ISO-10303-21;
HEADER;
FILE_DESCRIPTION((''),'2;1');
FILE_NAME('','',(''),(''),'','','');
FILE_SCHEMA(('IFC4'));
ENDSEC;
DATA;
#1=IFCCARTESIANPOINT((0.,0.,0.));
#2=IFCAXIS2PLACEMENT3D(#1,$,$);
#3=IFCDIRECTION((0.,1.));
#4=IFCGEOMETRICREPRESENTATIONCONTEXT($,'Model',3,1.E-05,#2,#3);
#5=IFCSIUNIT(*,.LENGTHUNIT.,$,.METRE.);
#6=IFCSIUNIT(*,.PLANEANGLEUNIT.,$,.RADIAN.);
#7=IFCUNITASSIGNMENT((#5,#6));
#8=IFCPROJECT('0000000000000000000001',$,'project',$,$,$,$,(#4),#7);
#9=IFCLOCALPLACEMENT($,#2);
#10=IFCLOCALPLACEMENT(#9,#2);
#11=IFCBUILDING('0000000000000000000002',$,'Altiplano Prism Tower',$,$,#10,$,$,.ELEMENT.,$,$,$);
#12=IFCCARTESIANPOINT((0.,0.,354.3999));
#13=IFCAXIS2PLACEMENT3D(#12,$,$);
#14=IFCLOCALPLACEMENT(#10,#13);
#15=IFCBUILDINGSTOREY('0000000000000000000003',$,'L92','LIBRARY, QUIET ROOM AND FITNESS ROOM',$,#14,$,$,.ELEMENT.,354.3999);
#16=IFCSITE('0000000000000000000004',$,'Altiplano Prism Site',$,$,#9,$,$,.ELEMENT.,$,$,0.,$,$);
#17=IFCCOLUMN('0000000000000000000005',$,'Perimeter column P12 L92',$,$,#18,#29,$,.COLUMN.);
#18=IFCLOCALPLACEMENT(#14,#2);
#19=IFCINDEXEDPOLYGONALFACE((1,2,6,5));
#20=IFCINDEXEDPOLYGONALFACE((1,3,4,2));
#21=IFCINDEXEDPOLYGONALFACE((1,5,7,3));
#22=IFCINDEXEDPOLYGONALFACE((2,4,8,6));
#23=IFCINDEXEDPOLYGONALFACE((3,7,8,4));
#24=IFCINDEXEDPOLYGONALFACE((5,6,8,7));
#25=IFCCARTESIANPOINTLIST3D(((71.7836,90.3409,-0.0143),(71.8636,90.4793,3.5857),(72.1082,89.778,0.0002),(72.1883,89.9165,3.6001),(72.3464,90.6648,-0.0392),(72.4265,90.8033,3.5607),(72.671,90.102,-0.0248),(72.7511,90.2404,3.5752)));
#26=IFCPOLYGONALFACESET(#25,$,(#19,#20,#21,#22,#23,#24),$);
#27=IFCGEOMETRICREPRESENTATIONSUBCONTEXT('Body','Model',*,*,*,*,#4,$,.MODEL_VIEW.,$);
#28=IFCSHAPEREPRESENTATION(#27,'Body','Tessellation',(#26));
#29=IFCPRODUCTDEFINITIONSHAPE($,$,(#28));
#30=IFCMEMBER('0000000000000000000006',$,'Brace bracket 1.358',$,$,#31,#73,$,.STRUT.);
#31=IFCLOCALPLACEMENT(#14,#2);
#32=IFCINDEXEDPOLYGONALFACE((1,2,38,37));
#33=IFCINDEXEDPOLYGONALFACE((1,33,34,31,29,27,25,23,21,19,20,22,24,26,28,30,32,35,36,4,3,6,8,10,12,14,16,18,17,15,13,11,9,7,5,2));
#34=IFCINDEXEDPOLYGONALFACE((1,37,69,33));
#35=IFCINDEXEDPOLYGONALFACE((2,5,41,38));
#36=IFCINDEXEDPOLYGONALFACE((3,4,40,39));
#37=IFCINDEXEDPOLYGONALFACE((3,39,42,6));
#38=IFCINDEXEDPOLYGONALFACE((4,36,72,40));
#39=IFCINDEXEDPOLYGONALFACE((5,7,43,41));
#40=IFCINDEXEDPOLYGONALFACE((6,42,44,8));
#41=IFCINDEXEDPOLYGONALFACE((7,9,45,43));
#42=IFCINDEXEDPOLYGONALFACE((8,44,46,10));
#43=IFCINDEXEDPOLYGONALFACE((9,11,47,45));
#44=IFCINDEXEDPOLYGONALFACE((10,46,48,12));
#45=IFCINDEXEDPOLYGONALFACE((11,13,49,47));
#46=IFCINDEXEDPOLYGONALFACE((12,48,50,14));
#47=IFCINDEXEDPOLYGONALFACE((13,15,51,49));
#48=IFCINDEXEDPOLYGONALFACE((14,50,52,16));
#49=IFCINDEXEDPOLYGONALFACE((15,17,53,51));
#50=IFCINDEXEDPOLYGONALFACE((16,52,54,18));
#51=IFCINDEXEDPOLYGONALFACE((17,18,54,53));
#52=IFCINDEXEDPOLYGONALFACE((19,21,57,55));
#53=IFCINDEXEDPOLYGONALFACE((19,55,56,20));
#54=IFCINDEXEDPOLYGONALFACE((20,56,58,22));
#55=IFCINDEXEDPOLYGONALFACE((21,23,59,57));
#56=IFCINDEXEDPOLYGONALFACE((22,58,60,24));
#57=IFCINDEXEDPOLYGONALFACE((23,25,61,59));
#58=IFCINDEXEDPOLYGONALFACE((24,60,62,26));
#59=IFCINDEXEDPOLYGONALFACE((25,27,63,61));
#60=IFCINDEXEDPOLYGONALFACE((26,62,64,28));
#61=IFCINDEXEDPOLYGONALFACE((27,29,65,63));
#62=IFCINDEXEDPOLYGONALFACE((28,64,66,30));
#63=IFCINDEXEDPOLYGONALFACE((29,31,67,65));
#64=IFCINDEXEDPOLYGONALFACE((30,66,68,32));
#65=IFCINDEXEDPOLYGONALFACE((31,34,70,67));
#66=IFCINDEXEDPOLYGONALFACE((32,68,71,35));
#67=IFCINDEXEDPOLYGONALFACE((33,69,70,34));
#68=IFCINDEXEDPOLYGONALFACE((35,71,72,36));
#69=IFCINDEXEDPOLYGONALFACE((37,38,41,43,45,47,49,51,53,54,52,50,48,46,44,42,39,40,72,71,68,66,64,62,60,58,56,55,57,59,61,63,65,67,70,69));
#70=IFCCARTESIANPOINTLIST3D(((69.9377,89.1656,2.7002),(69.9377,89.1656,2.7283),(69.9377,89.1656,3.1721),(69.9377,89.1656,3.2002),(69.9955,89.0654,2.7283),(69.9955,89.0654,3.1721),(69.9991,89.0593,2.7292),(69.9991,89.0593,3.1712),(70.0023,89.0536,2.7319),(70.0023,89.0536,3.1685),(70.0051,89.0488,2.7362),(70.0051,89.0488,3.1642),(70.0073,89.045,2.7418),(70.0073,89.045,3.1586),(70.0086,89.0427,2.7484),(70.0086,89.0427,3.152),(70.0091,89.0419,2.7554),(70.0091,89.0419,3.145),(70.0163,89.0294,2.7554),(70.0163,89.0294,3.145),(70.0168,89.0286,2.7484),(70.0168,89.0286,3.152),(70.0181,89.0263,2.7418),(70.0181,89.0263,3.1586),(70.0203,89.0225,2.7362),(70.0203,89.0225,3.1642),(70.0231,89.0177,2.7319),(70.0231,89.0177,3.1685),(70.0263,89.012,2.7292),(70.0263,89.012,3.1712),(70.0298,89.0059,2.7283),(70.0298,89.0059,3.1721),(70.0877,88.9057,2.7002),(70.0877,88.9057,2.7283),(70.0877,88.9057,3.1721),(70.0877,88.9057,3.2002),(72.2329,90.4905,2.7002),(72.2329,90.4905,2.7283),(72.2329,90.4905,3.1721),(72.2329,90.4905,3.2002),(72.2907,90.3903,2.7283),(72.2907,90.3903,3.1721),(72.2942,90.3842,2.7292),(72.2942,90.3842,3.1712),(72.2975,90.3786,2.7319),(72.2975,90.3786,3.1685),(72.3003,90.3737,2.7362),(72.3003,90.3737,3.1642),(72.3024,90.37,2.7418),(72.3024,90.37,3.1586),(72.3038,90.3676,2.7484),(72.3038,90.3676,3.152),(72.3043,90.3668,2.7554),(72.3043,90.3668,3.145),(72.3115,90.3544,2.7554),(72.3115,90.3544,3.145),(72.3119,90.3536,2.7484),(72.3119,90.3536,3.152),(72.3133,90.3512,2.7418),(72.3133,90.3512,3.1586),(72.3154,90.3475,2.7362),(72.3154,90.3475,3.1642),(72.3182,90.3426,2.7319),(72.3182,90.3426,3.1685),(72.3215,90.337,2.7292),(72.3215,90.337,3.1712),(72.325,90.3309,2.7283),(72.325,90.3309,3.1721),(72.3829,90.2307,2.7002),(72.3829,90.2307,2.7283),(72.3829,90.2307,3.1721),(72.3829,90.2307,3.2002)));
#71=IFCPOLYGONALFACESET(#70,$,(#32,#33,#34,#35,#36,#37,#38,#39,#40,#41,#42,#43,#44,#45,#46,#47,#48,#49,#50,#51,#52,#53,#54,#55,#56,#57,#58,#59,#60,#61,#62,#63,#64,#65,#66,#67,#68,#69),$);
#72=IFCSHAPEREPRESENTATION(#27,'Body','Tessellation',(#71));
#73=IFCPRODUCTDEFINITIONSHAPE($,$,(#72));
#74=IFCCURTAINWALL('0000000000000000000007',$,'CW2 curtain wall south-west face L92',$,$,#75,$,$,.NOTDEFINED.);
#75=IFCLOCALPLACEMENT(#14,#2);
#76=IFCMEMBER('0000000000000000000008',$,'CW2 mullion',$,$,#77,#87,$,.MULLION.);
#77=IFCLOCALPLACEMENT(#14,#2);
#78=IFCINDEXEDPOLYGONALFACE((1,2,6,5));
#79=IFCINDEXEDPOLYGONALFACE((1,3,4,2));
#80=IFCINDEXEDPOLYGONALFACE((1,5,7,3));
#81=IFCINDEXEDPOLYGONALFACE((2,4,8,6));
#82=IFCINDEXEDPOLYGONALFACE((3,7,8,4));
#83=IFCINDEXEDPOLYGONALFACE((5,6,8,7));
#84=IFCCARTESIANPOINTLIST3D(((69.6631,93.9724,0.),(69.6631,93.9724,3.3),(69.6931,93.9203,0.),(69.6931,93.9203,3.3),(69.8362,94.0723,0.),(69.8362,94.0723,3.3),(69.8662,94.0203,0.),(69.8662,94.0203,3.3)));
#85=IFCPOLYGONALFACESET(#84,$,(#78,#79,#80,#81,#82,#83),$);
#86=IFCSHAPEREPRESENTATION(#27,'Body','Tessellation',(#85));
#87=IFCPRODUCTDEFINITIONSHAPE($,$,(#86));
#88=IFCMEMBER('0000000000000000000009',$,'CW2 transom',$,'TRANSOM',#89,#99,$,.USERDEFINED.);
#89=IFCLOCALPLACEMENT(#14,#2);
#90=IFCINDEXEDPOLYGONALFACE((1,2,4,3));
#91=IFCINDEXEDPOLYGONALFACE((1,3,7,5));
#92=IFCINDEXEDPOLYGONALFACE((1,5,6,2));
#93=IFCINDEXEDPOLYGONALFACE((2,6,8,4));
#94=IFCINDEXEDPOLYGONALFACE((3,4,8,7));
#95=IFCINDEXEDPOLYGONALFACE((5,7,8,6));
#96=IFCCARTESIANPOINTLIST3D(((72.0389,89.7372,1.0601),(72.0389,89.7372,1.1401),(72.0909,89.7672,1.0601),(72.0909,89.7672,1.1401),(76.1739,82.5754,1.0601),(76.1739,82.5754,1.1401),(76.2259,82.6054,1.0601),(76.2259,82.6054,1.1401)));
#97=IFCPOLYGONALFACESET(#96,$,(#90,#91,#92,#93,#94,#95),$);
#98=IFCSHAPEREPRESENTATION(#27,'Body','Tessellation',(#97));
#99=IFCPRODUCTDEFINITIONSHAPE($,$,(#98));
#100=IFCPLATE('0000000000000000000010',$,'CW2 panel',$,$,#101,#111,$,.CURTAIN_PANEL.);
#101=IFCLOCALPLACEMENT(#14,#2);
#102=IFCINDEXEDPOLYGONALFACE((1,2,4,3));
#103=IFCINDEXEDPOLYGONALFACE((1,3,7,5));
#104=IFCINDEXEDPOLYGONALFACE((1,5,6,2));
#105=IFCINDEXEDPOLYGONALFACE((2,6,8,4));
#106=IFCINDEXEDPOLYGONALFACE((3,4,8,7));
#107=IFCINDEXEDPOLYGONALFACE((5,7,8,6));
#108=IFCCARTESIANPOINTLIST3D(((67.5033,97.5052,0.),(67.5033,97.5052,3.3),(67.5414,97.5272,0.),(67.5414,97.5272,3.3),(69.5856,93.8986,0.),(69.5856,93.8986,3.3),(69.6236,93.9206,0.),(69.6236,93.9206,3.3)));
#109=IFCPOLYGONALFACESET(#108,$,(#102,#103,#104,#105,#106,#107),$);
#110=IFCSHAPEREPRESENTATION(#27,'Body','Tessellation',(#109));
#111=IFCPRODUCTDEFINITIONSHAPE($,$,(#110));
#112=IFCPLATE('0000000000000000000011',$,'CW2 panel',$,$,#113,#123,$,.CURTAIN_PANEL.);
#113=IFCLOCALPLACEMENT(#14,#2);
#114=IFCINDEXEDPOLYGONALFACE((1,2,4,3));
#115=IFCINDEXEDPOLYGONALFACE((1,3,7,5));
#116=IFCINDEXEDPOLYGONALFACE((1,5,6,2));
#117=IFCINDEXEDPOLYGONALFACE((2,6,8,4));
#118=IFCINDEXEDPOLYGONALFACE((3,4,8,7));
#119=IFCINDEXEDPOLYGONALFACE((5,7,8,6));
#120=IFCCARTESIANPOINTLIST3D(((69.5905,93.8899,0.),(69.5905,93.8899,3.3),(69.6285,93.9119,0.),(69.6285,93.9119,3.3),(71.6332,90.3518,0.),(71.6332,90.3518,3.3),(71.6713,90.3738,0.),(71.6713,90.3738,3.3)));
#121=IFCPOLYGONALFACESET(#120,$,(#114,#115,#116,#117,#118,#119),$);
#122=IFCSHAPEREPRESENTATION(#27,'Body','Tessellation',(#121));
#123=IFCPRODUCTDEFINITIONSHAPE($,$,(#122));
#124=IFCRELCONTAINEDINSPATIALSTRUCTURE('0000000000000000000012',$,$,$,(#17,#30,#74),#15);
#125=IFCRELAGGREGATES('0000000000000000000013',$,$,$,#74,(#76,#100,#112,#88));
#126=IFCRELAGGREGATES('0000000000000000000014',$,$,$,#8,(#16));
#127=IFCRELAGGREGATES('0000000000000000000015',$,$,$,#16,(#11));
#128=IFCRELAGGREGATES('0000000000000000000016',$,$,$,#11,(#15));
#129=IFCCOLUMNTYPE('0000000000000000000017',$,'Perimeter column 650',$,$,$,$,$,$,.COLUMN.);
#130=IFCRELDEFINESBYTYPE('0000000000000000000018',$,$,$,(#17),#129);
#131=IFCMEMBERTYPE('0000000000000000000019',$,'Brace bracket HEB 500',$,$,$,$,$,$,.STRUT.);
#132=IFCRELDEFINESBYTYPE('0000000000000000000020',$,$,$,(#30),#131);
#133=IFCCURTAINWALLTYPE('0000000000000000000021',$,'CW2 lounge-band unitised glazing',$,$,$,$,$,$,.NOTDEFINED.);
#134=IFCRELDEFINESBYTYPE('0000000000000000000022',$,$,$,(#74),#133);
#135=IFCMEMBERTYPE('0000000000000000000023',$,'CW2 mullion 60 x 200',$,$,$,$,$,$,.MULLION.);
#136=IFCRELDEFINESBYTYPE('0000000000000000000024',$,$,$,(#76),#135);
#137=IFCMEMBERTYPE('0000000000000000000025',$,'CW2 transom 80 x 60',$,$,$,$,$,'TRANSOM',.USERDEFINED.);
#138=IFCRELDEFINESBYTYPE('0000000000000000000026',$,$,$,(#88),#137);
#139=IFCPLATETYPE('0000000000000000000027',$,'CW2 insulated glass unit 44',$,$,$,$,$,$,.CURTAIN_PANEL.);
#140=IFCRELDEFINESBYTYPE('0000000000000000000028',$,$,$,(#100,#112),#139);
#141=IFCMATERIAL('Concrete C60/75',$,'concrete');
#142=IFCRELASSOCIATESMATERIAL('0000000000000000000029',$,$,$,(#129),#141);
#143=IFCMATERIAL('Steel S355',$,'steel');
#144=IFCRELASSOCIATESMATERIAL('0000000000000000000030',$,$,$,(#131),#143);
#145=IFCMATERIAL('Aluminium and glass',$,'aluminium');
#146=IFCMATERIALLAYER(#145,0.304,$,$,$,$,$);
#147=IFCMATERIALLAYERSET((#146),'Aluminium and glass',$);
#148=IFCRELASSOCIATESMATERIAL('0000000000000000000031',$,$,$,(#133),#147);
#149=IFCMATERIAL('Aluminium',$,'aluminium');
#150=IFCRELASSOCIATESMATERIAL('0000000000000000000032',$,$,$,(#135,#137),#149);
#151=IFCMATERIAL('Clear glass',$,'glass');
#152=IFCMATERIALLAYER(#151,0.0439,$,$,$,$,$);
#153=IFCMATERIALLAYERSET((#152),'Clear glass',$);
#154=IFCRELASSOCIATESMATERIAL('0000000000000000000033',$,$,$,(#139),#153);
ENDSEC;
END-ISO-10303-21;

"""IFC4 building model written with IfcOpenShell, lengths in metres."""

from ifc_helpers import new_model, si_unit, direction, frame, origin, origin_2d, place, context, subcontext, project, spatial, rectangle, i_section, extrude, material, layer, layer_set, material_profile, profile_set, type_object, element, aggregate, save


model = new_model("IFC4")

# Units and contexts
model_context = context("Model", 3, precision=1e-05, world=origin(), true_north=direction((0.0, 1.0)))
body_context = subcontext(model_context, "Body", "Model", "MODEL_VIEW")
ifc_project = project(units=[si_unit("LENGTHUNIT", "METRE"), si_unit("PLANEANGLEUNIT", "RADIAN")], contexts=[model_context])

# Site, building, storey
site_placement = place(None, origin())
site = spatial("IfcSite", under=ifc_project, at=site_placement, Name="Altiplano Prism Site", CompositionType="ELEMENT", RefElevation=0.0)
building_placement = place(site_placement, origin())
building = spatial("IfcBuilding", under=site, at=building_placement, Name="Altiplano Prism Tower", CompositionType="ELEMENT")
storey_placement = place(building_placement, frame((0.0, 0.0, 354.3999)))
storey = spatial("IfcBuildingStorey", under=building, at=storey_placement, Name="L92", Description="LIBRARY, QUIET ROOM AND FITNESS ROOM", CompositionType="ELEMENT", Elevation=354.3999)

# Column
ifc_material_1 = material(Name="Concrete C60/75", Category="concrete")
ifc_material_profile_1 = material_profile(ifc_material_1, rectangle(XDim=0.6499, YDim=0.6499, at=origin_2d()), Name="Perimeter column 650")
ifc_profile_set_1 = profile_set([ifc_material_profile_1], Name="Concrete C60/75")
column_type = type_object("IfcColumnType", Name="Perimeter column 650", PredefinedType="COLUMN", material=ifc_profile_set_1)
column_placement = place(storey_placement, frame((72.2273, 90.2214, -0.0195), z_axis=(0.022223, 0.038416, 0.999015), x_axis=(-0.866021, -0.498528, 0.038435)))
element("IfcColumn", 1, at=column_placement, inside=storey, type_object=column_type, Name="Perimeter column P12 L92", PredefinedType="COLUMN", context=body_context, shape_type="SweptSolid", body=[
    extrude(rectangle(XDim=0.6499, YDim=0.6499, at=origin_2d()), origin(), (0.0, 0.0, 1.0), 3.6035),
])

# Member
ifc_material_2 = material(Name="Steel S355", Category="steel")
ifc_material_profile_2 = material_profile(ifc_material_2, i_section(OverallWidth=0.3, OverallDepth=0.5, WebThickness=0.0144, FlangeThickness=0.0281, FilletRadius=0.0271, at=origin_2d()), Name="Brace bracket HEB 500")
ifc_profile_set_2 = profile_set([ifc_material_profile_2], Name="Steel S355")
member_type_1 = type_object("IfcMemberType", Name="Brace bracket HEB 500", PredefinedType="STRUT", material=ifc_profile_set_2)
member_1_placement = place(storey_placement, frame((72.3079, 90.3606, 2.9502), z_axis=(-0.866052, -0.499954, 0.0), x_axis=(0.499954, -0.866052, 0.0)))
element("IfcMember", 2, at=member_1_placement, inside=storey, type_object=member_type_1, Name="Brace bracket 1.358", PredefinedType="STRUT", context=body_context, shape_type="SweptSolid", body=[
    extrude(i_section(OverallWidth=0.3, OverallDepth=0.5, WebThickness=0.0144, FlangeThickness=0.0281, FilletRadius=0.0271, at=origin_2d()), origin(), (0.0, 0.0, 1.0), 2.6501),
])

# Curtain wall, members, plates
ifc_material_3 = material(Name="Aluminium and glass", Category="aluminium")
ifc_layer_1 = layer(ifc_material_3, 0.304)
ifc_layer_set_1 = layer_set([ifc_layer_1], Name="Aluminium and glass")
curtain_wall_type = type_object("IfcCurtainWallType", Name="CW2 lounge-band unitised glazing", PredefinedType="NOTDEFINED", material=ifc_layer_set_1)
curtain_wall_placement = place(storey_placement, origin())
curtain_wall = element("IfcCurtainWall", 3, at=curtain_wall_placement, inside=storey, type_object=curtain_wall_type, Name="CW2 curtain wall south-west face L92", PredefinedType="NOTDEFINED")
ifc_material_4 = material(Name="Aluminium", Category="aluminium")
ifc_material_profile_3 = material_profile(ifc_material_4, rectangle(XDim=0.2, YDim=0.0601, at=origin_2d()), Name="CW2 mullion 60 x 200")
ifc_profile_set_3 = profile_set([ifc_material_profile_3], Name="Aluminium")
member_type_2 = type_object("IfcMemberType", Name="CW2 mullion 60 x 200", PredefinedType="MULLION", material=ifc_profile_set_3)
member_2_placement = place(storey_placement, frame((69.7646, 93.9963, 0.0), z_axis=(0.0, 0.0, 1.0), x_axis=(0.866025, 0.5, 0.0)))
member_2 = element("IfcMember", 4, at=member_2_placement, type_object=member_type_2, Name="CW2 mullion", PredefinedType="MULLION", context=body_context, shape_type="SweptSolid", body=[
    extrude(rectangle(XDim=0.2, YDim=0.0601, at=origin_2d()), origin(), (0.0, 0.0, 1.0), 3.3),
])
ifc_material_profile_4 = material_profile(ifc_material_4, rectangle(XDim=0.0601, YDim=0.0801, at=origin_2d()), Name="CW2 transom 80 x 60")
ifc_profile_set_4 = profile_set([ifc_material_profile_4], Name="Aluminium")
member_type_3 = type_object("IfcMemberType", Name="CW2 transom 80 x 60", ElementType="TRANSOM", PredefinedType="USERDEFINED", material=ifc_profile_set_4)
member_3_placement = place(storey_placement, frame((72.0649, 89.7522, 1.1001), z_axis=(0.50001, -0.86602, 0.0), x_axis=(0.86602, 0.50001, 0.0)))
member_3 = element("IfcMember", 5, at=member_3_placement, type_object=member_type_3, Name="CW2 transom", ObjectType="TRANSOM", PredefinedType="USERDEFINED", context=body_context, shape_type="SweptSolid", body=[
    extrude(rectangle(XDim=0.0601, YDim=0.0801, at=origin_2d()), origin(), (0.0, 0.0, 1.0), 8.2698),
])
ifc_material_5 = material(Name="Clear glass", Category="glass")
ifc_layer_2 = layer(ifc_material_5, 0.0439)
ifc_layer_set_2 = layer_set([ifc_layer_2], Name="Clear glass")
plate_type = type_object("IfcPlateType", Name="CW2 insulated glass unit 44", PredefinedType="CURTAIN_PANEL", material=ifc_layer_set_2)
plate_1_placement = place(storey_placement, frame((68.5635, 95.7129, 0.0), z_axis=(0.0, 0.0, 1.0), x_axis=(0.5, -0.866025, 0.0)))
plate_1 = element("IfcPlate", 6, at=plate_1_placement, type_object=plate_type, Name="CW2 panel", PredefinedType="CURTAIN_PANEL", context=body_context, shape_type="SweptSolid", body=[
    extrude(rectangle(XDim=4.1646, YDim=0.0439, at=origin_2d()), origin(), (0.0, 0.0, 1.0), 3.3),
])
plate_2_placement = place(storey_placement, frame((70.6309, 92.1318, 0.0), z_axis=(0.0, 0.0, 1.0), x_axis=(0.5, -0.866025, 0.0)))
plate_2 = element("IfcPlate", 7, at=plate_2_placement, type_object=plate_type, Name="CW2 panel", PredefinedType="CURTAIN_PANEL", context=body_context, shape_type="SweptSolid", body=[
    extrude(rectangle(XDim=4.0854, YDim=0.0439, at=origin_2d()), origin(), (0.0, 0.0, 1.0), 3.3),
])
aggregate(curtain_wall, [member_2, plate_1, plate_2, member_3])

save(model, "model.ifc")
